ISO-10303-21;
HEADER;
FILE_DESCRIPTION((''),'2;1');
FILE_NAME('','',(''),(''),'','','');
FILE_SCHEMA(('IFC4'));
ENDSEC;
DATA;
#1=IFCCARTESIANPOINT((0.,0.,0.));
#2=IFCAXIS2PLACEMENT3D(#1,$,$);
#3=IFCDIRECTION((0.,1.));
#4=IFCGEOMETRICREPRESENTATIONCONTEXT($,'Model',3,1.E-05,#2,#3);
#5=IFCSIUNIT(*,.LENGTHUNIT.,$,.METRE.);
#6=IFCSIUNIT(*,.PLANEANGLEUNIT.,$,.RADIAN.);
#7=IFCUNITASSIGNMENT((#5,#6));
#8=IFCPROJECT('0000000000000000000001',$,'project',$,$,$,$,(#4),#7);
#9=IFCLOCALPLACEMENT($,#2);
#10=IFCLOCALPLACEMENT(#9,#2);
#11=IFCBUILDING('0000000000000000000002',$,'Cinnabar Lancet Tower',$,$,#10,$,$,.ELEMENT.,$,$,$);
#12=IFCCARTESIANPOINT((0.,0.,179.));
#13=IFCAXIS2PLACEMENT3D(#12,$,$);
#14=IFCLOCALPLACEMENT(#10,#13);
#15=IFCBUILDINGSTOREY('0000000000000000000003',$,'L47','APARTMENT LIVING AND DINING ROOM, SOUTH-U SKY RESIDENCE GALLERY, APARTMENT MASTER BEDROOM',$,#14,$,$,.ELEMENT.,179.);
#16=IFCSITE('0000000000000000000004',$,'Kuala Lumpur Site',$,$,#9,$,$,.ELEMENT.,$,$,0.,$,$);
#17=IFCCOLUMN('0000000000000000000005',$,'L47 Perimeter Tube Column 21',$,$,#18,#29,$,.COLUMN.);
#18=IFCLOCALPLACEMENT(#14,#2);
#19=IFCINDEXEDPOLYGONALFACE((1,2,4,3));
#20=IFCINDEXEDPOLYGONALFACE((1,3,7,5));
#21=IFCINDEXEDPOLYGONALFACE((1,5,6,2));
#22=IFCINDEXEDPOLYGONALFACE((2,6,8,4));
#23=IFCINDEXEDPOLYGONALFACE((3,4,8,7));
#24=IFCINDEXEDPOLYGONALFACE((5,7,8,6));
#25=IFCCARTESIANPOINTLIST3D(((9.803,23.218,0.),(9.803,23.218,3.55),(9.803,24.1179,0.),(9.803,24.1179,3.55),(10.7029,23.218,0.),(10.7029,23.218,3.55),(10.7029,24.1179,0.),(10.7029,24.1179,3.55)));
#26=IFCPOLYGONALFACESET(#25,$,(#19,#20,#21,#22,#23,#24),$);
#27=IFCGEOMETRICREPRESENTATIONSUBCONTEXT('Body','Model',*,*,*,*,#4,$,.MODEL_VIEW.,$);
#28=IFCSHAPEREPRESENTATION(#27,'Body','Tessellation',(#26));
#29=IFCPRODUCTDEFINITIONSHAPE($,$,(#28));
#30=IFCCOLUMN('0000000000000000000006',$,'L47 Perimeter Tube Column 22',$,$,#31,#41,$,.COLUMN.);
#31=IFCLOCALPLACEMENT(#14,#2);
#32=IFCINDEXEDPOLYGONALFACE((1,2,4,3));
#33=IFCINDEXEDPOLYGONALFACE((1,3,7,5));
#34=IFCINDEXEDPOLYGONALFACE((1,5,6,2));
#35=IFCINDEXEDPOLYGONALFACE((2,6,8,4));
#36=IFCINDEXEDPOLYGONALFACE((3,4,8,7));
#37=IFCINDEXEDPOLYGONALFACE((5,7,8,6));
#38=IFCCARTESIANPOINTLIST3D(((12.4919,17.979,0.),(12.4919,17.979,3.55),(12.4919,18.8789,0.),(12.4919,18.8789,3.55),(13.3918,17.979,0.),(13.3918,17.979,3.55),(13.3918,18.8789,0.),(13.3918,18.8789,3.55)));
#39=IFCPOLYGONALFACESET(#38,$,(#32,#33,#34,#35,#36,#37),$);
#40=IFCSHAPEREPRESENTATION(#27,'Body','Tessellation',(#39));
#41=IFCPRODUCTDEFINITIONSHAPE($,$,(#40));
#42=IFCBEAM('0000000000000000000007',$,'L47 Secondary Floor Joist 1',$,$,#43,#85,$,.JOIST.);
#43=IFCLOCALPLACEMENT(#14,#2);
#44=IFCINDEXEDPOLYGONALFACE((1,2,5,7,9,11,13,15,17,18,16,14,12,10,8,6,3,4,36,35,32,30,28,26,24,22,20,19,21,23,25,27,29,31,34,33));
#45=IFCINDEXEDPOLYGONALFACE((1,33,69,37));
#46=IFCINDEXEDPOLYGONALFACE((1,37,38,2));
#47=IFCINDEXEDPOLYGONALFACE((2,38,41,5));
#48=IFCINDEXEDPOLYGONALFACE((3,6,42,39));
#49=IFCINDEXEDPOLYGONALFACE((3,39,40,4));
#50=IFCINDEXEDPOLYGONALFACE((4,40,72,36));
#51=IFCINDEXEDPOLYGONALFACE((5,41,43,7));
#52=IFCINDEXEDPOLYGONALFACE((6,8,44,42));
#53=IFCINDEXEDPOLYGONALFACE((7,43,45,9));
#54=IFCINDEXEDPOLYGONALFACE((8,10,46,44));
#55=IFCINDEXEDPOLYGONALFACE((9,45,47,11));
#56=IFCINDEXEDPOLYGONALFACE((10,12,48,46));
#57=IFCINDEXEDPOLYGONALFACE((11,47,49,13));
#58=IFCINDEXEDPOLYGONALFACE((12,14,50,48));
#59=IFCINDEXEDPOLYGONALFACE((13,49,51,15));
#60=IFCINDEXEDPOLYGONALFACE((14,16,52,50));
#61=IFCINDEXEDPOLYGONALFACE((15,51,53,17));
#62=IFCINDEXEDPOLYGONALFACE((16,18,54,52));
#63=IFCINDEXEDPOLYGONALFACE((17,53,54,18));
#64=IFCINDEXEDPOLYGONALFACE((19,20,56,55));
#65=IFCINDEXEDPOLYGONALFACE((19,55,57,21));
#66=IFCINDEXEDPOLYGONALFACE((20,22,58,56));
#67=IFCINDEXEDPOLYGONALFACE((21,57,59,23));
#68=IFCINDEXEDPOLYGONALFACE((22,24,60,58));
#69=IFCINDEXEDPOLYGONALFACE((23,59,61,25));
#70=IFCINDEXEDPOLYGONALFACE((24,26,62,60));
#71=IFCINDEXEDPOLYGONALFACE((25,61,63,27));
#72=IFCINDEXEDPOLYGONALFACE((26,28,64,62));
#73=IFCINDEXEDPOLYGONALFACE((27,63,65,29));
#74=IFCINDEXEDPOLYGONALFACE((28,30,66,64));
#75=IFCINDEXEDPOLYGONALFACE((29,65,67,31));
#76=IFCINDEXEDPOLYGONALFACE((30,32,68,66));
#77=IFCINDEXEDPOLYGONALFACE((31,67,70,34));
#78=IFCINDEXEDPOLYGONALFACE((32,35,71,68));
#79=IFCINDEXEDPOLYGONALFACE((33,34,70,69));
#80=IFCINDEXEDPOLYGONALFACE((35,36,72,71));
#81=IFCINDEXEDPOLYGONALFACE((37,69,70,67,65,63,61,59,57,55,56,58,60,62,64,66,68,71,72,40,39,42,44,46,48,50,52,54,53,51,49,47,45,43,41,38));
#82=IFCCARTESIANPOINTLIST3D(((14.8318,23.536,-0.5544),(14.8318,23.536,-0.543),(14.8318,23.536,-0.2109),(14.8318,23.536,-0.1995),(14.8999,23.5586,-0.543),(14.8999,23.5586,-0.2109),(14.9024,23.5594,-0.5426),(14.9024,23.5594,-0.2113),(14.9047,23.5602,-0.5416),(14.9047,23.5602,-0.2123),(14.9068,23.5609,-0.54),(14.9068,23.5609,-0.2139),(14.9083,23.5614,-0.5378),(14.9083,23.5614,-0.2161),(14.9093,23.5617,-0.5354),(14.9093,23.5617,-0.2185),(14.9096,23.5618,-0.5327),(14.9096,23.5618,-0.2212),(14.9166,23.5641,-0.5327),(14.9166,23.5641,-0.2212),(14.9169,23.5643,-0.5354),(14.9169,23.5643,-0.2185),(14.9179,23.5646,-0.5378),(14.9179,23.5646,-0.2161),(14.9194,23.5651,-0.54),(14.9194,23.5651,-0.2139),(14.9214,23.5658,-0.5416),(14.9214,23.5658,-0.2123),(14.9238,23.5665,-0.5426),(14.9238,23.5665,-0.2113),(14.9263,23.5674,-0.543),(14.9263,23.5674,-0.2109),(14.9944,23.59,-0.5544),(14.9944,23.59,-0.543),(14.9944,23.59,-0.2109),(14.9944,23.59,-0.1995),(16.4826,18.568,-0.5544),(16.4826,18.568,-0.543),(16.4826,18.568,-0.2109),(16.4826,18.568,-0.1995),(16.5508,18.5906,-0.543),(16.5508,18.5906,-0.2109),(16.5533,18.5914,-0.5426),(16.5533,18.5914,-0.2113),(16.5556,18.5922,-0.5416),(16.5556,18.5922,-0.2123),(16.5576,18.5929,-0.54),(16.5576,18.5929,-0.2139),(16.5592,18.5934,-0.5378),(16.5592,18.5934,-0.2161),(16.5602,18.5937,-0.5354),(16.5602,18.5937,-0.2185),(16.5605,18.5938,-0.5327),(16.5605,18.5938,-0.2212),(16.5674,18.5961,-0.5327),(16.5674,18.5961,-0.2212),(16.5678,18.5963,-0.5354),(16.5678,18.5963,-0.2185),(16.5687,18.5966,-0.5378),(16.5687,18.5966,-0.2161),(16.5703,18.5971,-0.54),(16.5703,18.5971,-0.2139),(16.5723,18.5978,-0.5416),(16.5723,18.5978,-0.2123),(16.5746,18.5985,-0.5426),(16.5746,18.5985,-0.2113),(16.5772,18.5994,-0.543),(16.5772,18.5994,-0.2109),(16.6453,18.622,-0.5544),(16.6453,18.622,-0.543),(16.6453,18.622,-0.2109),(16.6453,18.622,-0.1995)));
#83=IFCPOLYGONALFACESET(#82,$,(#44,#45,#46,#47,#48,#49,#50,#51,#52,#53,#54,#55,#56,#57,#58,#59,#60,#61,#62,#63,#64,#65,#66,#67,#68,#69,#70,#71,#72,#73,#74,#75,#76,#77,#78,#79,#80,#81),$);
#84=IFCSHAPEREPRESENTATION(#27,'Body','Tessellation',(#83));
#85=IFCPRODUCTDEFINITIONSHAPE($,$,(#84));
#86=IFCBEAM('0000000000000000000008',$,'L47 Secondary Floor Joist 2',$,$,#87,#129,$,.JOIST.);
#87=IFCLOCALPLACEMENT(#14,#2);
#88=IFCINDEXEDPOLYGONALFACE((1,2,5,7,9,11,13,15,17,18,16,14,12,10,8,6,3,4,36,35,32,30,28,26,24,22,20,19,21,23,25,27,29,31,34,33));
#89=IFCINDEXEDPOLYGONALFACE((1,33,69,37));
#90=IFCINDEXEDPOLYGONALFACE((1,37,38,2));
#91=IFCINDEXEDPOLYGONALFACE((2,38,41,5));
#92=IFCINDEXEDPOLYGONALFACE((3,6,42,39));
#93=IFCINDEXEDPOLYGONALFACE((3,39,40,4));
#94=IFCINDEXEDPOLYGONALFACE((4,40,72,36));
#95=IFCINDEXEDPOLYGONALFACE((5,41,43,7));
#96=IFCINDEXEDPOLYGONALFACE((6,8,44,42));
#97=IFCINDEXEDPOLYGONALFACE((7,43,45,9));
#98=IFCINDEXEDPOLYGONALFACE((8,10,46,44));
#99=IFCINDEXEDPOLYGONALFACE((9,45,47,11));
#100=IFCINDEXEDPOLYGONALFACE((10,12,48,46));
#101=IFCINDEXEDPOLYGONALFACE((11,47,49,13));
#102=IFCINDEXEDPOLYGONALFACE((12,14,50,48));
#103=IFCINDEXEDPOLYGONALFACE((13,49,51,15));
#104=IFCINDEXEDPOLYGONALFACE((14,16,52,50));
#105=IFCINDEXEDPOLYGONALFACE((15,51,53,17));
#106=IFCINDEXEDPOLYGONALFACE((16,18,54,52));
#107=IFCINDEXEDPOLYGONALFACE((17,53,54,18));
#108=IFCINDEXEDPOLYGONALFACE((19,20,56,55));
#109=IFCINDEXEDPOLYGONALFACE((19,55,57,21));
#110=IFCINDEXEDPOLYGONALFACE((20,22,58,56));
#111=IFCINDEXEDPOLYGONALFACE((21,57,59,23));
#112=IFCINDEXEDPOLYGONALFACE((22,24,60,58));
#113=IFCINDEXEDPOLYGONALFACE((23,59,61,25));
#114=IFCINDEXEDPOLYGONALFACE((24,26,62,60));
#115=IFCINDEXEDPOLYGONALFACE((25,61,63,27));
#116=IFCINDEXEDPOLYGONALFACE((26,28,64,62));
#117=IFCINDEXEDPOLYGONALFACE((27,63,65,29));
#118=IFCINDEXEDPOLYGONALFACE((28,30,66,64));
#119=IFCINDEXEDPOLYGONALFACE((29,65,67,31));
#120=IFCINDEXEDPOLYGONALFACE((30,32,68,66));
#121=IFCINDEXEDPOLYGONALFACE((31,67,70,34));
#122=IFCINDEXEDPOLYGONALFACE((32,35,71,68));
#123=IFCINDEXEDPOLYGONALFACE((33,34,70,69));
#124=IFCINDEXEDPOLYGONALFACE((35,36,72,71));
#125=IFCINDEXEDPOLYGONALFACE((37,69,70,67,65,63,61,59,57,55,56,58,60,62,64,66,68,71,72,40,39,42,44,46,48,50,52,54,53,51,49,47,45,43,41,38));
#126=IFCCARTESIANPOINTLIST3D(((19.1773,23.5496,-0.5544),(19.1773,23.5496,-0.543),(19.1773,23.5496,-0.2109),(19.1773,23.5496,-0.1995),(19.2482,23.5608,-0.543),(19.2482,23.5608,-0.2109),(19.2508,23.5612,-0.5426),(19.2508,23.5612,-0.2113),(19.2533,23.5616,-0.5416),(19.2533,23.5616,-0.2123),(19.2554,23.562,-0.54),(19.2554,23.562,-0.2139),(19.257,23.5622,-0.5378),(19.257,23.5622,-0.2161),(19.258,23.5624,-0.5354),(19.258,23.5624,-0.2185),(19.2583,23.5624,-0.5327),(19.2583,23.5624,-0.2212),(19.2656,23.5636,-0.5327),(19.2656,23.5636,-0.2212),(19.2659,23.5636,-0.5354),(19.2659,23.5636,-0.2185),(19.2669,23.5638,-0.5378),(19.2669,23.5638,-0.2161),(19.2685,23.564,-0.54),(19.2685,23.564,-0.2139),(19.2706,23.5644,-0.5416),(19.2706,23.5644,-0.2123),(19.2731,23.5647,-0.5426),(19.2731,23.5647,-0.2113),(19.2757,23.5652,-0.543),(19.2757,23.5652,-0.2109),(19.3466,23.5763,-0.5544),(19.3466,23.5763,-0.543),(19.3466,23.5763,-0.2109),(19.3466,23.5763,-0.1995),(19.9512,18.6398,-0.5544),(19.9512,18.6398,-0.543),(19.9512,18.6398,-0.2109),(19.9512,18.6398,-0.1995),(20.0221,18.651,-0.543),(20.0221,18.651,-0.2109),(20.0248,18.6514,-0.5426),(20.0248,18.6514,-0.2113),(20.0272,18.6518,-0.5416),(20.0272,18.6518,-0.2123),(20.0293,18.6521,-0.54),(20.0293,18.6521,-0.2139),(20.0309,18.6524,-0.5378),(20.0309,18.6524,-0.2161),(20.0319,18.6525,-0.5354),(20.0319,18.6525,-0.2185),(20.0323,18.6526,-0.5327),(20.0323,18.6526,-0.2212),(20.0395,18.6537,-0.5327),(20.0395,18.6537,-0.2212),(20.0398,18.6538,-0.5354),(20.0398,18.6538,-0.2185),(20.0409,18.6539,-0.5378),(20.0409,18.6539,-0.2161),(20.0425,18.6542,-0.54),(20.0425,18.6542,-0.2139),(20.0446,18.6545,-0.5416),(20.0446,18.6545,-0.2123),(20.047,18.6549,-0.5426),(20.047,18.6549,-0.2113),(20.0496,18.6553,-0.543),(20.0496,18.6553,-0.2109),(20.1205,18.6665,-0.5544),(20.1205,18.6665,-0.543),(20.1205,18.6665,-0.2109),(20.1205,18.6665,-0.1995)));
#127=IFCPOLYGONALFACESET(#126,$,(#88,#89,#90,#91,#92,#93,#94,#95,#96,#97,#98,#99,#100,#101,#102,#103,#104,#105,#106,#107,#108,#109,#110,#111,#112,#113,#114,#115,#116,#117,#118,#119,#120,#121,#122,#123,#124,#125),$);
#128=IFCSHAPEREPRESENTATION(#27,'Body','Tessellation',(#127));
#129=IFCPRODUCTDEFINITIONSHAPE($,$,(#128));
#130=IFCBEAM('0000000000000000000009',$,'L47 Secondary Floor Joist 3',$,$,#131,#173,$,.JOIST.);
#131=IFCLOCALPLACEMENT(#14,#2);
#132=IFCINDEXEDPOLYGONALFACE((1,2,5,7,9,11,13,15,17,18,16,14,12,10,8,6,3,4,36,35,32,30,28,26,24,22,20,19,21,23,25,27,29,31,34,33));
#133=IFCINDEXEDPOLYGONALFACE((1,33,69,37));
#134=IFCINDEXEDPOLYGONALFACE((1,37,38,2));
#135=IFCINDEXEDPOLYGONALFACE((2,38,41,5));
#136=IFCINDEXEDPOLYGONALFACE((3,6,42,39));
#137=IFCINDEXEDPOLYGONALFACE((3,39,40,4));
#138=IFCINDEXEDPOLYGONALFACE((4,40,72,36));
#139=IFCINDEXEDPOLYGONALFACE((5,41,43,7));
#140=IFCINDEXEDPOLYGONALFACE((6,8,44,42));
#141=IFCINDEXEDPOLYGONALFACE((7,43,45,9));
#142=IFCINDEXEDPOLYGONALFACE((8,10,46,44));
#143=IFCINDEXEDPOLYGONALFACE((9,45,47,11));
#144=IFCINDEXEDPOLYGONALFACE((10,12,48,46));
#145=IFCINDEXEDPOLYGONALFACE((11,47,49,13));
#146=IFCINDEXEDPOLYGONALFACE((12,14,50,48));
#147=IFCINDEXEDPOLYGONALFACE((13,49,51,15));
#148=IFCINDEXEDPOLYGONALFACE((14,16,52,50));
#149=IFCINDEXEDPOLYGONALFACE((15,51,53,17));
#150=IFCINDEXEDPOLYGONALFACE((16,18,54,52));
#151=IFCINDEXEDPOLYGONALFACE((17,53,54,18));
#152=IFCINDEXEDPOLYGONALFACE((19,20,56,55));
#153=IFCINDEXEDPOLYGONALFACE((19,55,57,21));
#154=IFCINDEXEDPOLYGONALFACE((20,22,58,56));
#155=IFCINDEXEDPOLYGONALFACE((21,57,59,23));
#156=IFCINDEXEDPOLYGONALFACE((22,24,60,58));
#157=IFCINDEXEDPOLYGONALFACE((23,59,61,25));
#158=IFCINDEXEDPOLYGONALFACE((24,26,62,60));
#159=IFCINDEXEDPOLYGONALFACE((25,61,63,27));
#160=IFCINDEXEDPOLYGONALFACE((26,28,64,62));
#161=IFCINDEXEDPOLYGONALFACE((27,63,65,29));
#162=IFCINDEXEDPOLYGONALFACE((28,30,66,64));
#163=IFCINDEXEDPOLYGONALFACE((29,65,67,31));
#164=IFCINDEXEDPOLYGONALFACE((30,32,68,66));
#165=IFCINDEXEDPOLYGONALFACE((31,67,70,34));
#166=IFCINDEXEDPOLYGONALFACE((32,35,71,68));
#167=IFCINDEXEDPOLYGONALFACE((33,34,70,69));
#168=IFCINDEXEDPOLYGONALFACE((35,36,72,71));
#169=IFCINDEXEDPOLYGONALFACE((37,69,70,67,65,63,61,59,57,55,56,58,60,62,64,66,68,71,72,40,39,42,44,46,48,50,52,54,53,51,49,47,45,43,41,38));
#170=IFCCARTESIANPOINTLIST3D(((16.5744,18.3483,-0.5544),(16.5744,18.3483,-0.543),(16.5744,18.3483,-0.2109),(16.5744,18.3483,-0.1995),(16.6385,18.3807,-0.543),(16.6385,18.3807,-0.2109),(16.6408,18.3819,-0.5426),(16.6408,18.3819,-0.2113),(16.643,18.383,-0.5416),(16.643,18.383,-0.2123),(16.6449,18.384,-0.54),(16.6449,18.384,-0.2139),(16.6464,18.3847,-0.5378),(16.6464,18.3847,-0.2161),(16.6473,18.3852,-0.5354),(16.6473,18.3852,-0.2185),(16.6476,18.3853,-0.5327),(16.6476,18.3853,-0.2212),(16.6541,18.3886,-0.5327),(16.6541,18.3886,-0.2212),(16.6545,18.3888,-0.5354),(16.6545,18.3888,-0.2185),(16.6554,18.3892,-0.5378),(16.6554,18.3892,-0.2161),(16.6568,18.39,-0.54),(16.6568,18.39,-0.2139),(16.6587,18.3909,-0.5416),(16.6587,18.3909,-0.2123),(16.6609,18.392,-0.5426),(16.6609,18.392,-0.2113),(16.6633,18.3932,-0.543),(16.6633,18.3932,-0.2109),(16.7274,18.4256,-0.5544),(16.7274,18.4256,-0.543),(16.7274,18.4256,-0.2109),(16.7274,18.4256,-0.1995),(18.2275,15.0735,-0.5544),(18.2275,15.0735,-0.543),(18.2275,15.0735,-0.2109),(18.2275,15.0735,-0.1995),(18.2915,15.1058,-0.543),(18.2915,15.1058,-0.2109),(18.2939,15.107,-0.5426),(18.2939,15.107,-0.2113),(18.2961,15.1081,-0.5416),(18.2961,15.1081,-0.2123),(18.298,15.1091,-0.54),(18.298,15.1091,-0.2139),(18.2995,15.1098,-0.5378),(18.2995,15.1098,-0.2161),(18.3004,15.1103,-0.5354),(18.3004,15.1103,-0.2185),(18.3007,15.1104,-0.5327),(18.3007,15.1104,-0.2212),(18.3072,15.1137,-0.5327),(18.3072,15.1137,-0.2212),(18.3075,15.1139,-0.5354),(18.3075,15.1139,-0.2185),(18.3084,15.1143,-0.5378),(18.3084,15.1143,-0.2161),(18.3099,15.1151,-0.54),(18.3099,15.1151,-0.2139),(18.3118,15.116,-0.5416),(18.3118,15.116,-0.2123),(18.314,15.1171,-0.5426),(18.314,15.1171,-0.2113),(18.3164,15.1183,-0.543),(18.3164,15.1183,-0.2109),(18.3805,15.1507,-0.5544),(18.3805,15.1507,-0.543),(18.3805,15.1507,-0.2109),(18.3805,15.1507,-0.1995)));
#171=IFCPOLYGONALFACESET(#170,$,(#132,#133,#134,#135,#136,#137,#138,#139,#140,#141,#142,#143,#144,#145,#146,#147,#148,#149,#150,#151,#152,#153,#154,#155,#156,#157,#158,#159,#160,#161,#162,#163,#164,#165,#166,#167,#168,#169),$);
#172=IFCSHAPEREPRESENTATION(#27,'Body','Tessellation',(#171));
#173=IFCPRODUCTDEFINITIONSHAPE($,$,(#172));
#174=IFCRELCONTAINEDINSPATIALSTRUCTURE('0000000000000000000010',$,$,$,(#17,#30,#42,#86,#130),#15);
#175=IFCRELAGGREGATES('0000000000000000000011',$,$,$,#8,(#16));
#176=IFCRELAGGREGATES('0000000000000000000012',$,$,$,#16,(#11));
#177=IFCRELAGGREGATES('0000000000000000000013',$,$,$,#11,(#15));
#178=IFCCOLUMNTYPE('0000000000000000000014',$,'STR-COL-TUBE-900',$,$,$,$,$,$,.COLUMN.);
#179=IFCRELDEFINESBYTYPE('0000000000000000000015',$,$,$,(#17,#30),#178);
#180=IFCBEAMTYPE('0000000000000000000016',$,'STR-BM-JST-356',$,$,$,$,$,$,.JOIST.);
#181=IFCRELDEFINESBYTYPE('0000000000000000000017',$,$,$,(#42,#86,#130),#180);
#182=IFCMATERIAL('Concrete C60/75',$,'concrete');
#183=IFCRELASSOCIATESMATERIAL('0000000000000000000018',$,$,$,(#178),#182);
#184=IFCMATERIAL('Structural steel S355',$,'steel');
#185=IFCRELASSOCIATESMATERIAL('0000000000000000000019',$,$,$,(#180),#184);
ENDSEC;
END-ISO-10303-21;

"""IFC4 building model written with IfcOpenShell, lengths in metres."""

from ifc_helpers import new_model, si_unit, direction, frame, origin, origin_2d, place, context, subcontext, project, spatial, rectangle, i_section, extrude, material, material_profile, profile_set, type_object, element, save


model = new_model("IFC4")

# Units and contexts
model_context = context("Model", 3, precision=1e-05, world=origin(), true_north=direction((0.0, 1.0)))
body_context = subcontext(model_context, "Body", "Model", "MODEL_VIEW")
ifc_project = project(units=[si_unit("LENGTHUNIT", "METRE"), si_unit("PLANEANGLEUNIT", "RADIAN")], contexts=[model_context])

# Site, building, storey
site_placement = place(None, origin())
site = spatial("IfcSite", under=ifc_project, at=site_placement, Name="Kuala Lumpur Site", CompositionType="ELEMENT", RefElevation=0.0)
building_placement = place(site_placement, origin())
building = spatial("IfcBuilding", under=site, at=building_placement, Name="Cinnabar Lancet Tower", CompositionType="ELEMENT")
storey_placement = place(building_placement, frame((0.0, 0.0, 179.0)))
storey = spatial("IfcBuildingStorey", under=building, at=storey_placement, Name="L47", Description="APARTMENT LIVING AND DINING ROOM, SOUTH-U SKY RESIDENCE GALLERY, APARTMENT MASTER BEDROOM", CompositionType="ELEMENT", Elevation=179.0)

# Columns
ifc_material_1 = material(Name="Concrete C60/75", Category="concrete")
ifc_material_profile_1 = material_profile(ifc_material_1, rectangle(XDim=0.8999, YDim=0.8999, at=origin_2d()), Name="RC-COL 900x900")
ifc_profile_set_1 = profile_set([ifc_material_profile_1], Name="Concrete C60/75")
column_type = type_object("IfcColumnType", Name="STR-COL-TUBE-900", PredefinedType="COLUMN", material=ifc_profile_set_1)
for number, where, z_axis, x_axis, name in (
    (1, (10.2529, 23.668, 0.0), (0.0, 0.0, 1.0), (1.0, 0.0, 0.0), "L47 Perimeter Tube Column 21"),
    (2, (12.9419, 18.429, 0.0), (0.0, 0.0, 1.0), (1.0, 0.0, 0.0), "L47 Perimeter Tube Column 22"),
):
    element("IfcColumn", number, at=place(storey_placement, frame(where, z_axis=z_axis, x_axis=x_axis)), inside=storey, type_object=column_type, Name=name, PredefinedType="COLUMN", context=body_context, shape_type="SweptSolid", body=[
        extrude(rectangle(XDim=0.8999, YDim=0.8999, at=origin_2d()), origin(), (0.0, 0.0, 1.0), 3.55),
    ])

# Beams
ifc_material_2 = material(Name="Structural steel S355", Category="steel")
ifc_material_profile_2 = material_profile(ifc_material_2, i_section(OverallWidth=0.1714, OverallDepth=0.355, WebThickness=0.0073, FlangeThickness=0.0115, FilletRadius=0.0103, at=origin_2d()), Name="UKB 356x171x51")
ifc_profile_set_2 = profile_set([ifc_material_profile_2], Name="Structural steel S355")
beam_type_1 = type_object("IfcBeamType", Name="STR-BM-JST-356", PredefinedType="JOIST", material=ifc_profile_set_2)
beam_1_placement = place(storey_placement, frame((14.9131, 23.563, -0.377), z_axis=(0.315346, -0.948977, 0.0), x_axis=(0.948977, 0.315346, 0.0)))
element("IfcBeam", 3, at=beam_1_placement, inside=storey, type_object=beam_type_1, Name="L47 Secondary Floor Joist 1", PredefinedType="JOIST", context=body_context, shape_type="SweptSolid", body=[
    extrude(i_section(OverallWidth=0.1714, OverallDepth=0.355, WebThickness=0.0073, FlangeThickness=0.0115, FilletRadius=0.0103, at=origin_2d()), origin(), (0.0, 0.0, 1.0), 5.2351),
])
beam_2_placement = place(storey_placement, frame((19.262, 23.563, -0.377), z_axis=(0.155703, -0.987804, 0.0), x_axis=(0.987804, 0.155703, 0.0)))
element("IfcBeam", 4, at=beam_2_placement, inside=storey, type_object=beam_type_1, Name="L47 Secondary Floor Joist 2", PredefinedType="JOIST", context=body_context, shape_type="SweptSolid", body=[
    extrude(i_section(OverallWidth=0.1714, OverallDepth=0.355, WebThickness=0.0073, FlangeThickness=0.0115, FilletRadius=0.0103, at=origin_2d()), origin(), (0.0, 0.0, 1.0), 4.9705),
])
beam_3_placement = place(storey_placement, frame((16.6509, 18.387, -0.377), z_axis=(0.450618, -0.892717, 0.0), x_axis=(0.892717, 0.450618, 0.0)))
element("IfcBeam", 5, at=beam_3_placement, inside=storey, type_object=beam_type_1, Name="L47 Secondary Floor Joist 3", PredefinedType="JOIST", context=body_context, shape_type="SweptSolid", body=[
    extrude(i_section(OverallWidth=0.1714, OverallDepth=0.355, WebThickness=0.0073, FlangeThickness=0.0115, FilletRadius=0.0103, at=origin_2d()), origin(), (0.0, 0.0, 1.0), 3.6685),
])

save(model, "model.ifc")
